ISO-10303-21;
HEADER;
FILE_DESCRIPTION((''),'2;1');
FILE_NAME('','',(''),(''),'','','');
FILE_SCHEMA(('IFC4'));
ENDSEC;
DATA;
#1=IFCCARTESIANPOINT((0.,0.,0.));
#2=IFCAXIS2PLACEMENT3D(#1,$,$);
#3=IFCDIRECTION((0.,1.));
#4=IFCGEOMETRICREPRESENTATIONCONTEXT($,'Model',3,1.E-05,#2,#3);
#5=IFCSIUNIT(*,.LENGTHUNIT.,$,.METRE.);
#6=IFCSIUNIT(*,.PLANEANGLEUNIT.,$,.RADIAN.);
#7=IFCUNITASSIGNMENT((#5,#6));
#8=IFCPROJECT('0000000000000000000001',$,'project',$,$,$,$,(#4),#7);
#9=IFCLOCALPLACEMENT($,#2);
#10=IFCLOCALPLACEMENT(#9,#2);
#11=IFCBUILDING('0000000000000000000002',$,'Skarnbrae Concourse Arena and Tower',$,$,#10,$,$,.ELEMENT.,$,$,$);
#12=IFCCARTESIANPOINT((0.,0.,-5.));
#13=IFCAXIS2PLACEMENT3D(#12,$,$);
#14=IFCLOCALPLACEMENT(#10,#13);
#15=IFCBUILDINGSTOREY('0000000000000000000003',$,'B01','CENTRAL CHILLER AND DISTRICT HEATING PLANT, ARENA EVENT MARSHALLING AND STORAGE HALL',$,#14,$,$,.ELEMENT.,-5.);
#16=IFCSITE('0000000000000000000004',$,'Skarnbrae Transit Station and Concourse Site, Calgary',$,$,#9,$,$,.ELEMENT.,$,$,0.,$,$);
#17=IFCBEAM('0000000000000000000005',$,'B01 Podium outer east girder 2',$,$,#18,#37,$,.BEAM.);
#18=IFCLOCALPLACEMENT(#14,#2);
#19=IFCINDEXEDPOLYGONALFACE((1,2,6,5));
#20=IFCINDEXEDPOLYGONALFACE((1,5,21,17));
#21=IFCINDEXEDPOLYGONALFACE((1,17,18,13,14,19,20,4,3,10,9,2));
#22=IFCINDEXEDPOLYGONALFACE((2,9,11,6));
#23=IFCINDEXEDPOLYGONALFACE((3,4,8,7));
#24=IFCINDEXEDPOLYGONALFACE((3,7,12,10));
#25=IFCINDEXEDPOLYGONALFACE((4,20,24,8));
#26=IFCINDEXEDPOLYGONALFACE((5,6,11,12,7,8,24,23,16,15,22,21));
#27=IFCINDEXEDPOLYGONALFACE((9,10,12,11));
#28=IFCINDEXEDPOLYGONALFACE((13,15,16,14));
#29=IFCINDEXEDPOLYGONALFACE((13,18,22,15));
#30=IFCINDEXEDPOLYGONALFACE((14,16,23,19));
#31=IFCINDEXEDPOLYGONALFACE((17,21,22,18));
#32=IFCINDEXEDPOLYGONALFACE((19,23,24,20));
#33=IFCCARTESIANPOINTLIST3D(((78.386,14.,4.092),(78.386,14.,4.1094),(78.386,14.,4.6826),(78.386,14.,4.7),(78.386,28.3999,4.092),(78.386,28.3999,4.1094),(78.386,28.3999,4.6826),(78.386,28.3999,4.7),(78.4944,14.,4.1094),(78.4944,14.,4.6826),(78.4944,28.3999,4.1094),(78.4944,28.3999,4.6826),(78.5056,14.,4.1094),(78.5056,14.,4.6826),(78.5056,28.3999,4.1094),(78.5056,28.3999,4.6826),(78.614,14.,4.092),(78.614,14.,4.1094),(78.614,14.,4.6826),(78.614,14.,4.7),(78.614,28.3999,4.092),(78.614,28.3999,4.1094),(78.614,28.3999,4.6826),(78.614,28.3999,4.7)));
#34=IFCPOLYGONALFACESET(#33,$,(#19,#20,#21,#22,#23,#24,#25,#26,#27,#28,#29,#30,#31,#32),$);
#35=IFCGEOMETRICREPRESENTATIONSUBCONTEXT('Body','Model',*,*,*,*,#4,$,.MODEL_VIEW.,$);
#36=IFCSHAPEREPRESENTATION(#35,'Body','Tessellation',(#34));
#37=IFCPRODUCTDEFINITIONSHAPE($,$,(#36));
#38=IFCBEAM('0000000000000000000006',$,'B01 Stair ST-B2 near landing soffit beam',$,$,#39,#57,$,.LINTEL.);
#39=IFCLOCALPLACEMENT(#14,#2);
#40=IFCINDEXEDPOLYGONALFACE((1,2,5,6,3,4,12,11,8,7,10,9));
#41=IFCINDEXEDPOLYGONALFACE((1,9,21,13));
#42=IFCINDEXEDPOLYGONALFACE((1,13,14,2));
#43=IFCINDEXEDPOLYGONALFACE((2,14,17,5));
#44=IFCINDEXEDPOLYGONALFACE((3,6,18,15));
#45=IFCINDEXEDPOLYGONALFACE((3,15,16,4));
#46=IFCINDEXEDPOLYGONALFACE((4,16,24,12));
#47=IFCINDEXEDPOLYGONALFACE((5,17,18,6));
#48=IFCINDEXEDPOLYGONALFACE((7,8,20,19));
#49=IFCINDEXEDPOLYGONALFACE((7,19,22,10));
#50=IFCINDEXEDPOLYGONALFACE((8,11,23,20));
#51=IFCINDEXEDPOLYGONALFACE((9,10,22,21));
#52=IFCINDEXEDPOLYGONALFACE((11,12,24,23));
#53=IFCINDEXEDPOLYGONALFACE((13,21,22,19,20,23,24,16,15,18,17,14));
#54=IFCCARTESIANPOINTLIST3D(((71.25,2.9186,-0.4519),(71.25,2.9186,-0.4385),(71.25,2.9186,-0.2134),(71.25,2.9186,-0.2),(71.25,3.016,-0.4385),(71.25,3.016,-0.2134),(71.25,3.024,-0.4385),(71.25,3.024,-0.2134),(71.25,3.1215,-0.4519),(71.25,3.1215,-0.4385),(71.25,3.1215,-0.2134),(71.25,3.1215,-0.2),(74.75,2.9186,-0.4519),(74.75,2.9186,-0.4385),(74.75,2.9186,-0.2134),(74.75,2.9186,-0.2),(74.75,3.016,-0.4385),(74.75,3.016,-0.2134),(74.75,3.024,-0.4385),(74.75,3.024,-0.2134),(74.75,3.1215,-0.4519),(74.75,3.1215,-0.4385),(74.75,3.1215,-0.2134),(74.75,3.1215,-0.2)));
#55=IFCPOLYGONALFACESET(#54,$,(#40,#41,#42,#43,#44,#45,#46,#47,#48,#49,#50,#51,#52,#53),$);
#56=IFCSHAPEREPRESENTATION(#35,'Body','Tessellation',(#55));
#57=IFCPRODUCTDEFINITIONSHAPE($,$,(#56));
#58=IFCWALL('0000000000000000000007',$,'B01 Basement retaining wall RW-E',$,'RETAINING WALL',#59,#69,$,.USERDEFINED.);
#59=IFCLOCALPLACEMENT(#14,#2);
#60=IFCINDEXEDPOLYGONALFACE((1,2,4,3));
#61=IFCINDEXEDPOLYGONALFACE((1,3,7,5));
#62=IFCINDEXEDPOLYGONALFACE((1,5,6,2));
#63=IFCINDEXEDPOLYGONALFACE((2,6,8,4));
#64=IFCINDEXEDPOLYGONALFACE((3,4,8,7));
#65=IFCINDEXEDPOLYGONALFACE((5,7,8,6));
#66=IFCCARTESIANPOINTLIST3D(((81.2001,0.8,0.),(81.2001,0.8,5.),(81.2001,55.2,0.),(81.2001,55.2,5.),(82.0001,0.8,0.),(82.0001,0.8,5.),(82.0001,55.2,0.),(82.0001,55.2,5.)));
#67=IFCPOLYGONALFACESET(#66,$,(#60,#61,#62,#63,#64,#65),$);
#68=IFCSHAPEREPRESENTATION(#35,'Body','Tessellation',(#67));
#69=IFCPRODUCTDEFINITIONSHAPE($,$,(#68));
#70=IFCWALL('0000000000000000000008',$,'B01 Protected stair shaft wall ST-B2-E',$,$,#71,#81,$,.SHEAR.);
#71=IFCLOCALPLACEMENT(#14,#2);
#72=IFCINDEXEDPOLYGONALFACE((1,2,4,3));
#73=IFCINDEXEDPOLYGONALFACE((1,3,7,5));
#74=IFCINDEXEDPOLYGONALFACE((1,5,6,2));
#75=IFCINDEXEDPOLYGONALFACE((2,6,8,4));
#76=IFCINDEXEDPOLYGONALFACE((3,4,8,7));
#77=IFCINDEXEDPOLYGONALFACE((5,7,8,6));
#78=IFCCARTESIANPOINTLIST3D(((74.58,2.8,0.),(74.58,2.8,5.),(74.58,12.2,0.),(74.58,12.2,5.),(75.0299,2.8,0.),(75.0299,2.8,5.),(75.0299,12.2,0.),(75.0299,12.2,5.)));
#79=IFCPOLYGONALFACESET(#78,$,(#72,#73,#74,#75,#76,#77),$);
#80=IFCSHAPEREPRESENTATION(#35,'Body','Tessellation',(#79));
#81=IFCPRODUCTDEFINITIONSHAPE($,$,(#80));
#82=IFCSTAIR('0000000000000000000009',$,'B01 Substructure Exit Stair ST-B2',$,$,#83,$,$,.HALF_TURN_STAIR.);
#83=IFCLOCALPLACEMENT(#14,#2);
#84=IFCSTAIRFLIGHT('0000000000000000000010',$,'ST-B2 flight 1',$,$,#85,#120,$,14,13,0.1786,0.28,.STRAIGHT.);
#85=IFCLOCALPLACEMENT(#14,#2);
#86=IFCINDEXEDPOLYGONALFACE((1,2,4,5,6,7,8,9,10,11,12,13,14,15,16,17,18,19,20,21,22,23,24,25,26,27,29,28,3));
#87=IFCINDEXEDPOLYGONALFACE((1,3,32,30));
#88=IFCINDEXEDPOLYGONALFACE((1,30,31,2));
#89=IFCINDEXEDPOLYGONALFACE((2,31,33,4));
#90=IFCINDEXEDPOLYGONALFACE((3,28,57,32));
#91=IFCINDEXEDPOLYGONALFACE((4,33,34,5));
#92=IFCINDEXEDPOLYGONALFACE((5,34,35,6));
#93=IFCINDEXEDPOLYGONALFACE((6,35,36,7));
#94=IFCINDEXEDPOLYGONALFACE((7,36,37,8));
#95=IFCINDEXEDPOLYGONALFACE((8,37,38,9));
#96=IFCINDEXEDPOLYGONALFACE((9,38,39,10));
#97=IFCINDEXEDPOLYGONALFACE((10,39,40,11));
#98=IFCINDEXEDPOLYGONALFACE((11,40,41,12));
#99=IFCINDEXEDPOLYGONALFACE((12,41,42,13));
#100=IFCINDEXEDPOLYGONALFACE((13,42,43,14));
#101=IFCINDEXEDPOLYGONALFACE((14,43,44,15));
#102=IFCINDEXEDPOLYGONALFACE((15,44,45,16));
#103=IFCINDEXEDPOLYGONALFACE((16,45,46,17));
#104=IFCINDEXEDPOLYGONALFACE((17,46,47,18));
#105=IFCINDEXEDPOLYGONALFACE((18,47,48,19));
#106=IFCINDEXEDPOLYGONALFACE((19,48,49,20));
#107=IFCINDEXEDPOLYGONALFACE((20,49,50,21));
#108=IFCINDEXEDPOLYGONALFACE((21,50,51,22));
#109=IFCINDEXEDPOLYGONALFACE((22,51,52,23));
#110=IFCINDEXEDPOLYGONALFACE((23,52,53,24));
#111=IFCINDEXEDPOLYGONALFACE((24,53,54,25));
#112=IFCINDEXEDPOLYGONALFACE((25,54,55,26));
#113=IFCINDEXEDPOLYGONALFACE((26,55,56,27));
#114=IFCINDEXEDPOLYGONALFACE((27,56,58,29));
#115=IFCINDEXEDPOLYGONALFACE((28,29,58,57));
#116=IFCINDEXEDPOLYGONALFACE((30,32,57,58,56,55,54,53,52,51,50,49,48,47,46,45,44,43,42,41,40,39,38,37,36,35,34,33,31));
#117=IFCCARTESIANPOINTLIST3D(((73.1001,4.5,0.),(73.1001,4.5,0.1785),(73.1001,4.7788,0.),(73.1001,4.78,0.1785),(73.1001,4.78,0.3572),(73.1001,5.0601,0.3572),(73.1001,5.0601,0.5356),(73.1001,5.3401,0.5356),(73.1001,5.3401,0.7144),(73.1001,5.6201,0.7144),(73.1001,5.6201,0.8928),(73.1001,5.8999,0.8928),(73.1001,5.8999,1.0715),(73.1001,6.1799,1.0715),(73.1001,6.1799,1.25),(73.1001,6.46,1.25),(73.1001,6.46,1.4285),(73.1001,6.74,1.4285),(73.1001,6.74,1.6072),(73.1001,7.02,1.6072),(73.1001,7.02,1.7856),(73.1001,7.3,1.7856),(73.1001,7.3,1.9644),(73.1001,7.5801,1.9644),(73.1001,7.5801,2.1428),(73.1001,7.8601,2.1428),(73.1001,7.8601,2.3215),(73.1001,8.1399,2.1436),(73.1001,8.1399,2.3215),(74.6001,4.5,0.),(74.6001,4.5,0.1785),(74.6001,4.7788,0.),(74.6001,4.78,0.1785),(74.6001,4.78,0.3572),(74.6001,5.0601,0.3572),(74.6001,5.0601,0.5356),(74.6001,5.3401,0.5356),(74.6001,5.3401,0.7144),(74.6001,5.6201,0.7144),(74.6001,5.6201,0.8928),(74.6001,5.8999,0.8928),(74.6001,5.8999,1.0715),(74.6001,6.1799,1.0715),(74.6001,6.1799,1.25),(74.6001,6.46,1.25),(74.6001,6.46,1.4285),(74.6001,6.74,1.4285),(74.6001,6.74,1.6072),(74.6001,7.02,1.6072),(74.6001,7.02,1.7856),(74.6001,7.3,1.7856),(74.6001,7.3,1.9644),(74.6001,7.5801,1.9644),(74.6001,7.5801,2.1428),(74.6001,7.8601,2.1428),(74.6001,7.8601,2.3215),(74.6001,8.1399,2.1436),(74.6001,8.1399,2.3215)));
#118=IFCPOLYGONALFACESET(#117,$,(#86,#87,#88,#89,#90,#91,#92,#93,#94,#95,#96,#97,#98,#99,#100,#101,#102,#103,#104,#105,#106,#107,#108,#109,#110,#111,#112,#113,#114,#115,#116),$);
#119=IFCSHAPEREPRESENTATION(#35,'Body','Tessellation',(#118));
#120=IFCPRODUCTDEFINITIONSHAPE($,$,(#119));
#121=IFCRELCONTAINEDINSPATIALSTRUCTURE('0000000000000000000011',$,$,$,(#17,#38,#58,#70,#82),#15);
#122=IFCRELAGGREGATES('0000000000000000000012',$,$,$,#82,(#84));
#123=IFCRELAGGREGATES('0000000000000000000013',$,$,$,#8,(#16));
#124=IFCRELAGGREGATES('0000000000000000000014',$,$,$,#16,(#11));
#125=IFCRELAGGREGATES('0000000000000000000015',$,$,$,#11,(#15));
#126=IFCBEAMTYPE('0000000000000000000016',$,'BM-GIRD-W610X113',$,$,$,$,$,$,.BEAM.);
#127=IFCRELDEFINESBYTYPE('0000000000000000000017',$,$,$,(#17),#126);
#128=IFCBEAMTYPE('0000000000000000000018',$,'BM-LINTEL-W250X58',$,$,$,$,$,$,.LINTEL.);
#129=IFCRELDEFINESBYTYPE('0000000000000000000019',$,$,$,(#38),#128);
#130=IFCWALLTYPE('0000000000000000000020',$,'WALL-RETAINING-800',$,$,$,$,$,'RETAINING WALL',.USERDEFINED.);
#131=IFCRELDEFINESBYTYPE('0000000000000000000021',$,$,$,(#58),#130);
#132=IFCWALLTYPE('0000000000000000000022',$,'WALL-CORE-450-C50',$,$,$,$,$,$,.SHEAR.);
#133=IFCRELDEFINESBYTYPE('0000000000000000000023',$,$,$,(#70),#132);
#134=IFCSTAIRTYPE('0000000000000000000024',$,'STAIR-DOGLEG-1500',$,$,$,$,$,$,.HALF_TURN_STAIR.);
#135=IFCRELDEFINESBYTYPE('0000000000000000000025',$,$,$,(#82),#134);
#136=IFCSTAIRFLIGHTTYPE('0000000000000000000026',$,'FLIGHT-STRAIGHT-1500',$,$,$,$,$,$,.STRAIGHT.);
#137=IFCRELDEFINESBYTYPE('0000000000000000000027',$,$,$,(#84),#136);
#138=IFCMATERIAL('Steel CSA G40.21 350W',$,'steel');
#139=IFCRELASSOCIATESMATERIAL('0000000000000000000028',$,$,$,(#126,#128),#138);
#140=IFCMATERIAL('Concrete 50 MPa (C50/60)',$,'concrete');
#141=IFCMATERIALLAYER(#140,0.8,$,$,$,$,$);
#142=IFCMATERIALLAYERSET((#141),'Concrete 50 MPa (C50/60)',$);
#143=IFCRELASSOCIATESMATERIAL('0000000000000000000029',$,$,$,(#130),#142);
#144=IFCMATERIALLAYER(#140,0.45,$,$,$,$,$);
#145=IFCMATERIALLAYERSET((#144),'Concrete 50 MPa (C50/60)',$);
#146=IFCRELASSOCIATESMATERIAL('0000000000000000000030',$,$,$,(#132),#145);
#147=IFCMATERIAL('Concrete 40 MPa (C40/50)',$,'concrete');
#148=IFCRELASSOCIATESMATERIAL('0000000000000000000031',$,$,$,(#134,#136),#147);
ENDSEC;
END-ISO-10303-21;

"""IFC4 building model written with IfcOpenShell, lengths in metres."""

from ifc_helpers import new_model, si_unit, direction, frame, frame_2d, origin, origin_2d, place, context, subcontext, project, spatial, polyline, rectangle, i_section, outline, extrude, source, transform, mapped, material, layer, layer_set, material_profile, profile_set, type_object, element, aggregate, save


model = new_model("IFC4")

# Units and contexts
model_context = context("Model", 3, precision=1e-05, world=origin(), true_north=direction((0.0, 1.0)))
body_context = subcontext(model_context, "Body", "Model", "MODEL_VIEW")
ifc_project = project(units=[si_unit("LENGTHUNIT", "METRE"), si_unit("PLANEANGLEUNIT", "RADIAN")], contexts=[model_context])

# Site, building, storey
site_placement = place(None, origin())
site = spatial("IfcSite", under=ifc_project, at=site_placement, Name="Skarnbrae Transit Station and Concourse Site, Calgary", CompositionType="ELEMENT", RefElevation=0.0)
building_placement = place(site_placement, origin())
building = spatial("IfcBuilding", under=site, at=building_placement, Name="Skarnbrae Concourse Arena and Tower", CompositionType="ELEMENT")
storey_placement = place(building_placement, frame((0.0, 0.0, -5.0)))
storey = spatial("IfcBuildingStorey", under=building, at=storey_placement, Name="B01", Description="CENTRAL CHILLER AND DISTRICT HEATING PLANT, ARENA EVENT MARSHALLING AND STORAGE HALL", CompositionType="ELEMENT", Elevation=-5.0)

# Shared definitions
ifc_material_1 = material(Name="Steel CSA G40.21 350W", Category="steel")

# Beams
ifc_material_profile_1 = material_profile(ifc_material_1, i_section(OverallWidth=0.228, OverallDepth=0.6079, WebThickness=0.0112, FlangeThickness=0.0173, at=origin_2d()), Name="W610X113")
ifc_profile_set_1 = profile_set([ifc_material_profile_1], Name="Steel CSA G40.21 350W")
beam_type_1 = type_object("IfcBeamType", Name="BM-GIRD-W610X113", PredefinedType="BEAM", material=ifc_profile_set_1)
shared_shape_1 = source(origin(), body_context, "Body", "SweptSolid", [
    extrude(i_section(OverallWidth=0.228, OverallDepth=0.6079, WebThickness=0.0112, FlangeThickness=0.0173, at=origin_2d()), origin(), (0.0, 0.0, 1.0), 14.3999),
])
beam_1_placement = place(storey_placement, frame((78.5, 14.0, 4.396), z_axis=(0.0, 1.0, 0.0), x_axis=(-1.0, 0.0, 0.0)))
element("IfcBeam", 1, at=beam_1_placement, inside=storey, type_object=beam_type_1, Name="B01 Podium outer east girder 2", PredefinedType="BEAM", context=body_context, shape_type="MappedRepresentation", body=[
    mapped(shared_shape_1, transform((0.0, 0.0, 0.0))),
])
ifc_material_profile_2 = material_profile(ifc_material_1, i_section(OverallWidth=0.2029, OverallDepth=0.252, WebThickness=0.0081, FlangeThickness=0.0134, at=origin_2d()), Name="W250X58")
ifc_profile_set_2 = profile_set([ifc_material_profile_2], Name="Steel CSA G40.21 350W")
beam_type_2 = type_object("IfcBeamType", Name="BM-LINTEL-W250X58", PredefinedType="LINTEL", material=ifc_profile_set_2)
shared_shape_2 = source(origin(), body_context, "Body", "SweptSolid", [
    extrude(i_section(OverallWidth=0.2029, OverallDepth=0.252, WebThickness=0.0081, FlangeThickness=0.0134, at=origin_2d()), origin(), (0.0, 0.0, 1.0), 3.5),
])
beam_2_placement = place(storey_placement, frame((74.75, 3.02, -0.3259), z_axis=(-1.0, 0.0, 0.0), x_axis=(0.0, -1.0, 0.0)))
element("IfcBeam", 2, at=beam_2_placement, inside=storey, type_object=beam_type_2, Name="B01 Stair ST-B2 near landing soffit beam", PredefinedType="LINTEL", context=body_context, shape_type="MappedRepresentation", body=[
    mapped(shared_shape_2, transform((0.0, 0.0, 0.0))),
])

# Walls
ifc_material_2 = material(Name="Concrete 50 MPa (C50/60)", Category="concrete")
ifc_layer_1 = layer(ifc_material_2, 0.8)
ifc_layer_set_1 = layer_set([ifc_layer_1], Name="Concrete 50 MPa (C50/60)")
wall_type_1 = type_object("IfcWallType", Name="WALL-RETAINING-800", ElementType="RETAINING WALL", PredefinedType="USERDEFINED", material=ifc_layer_set_1)
shared_shape_3 = source(origin(), body_context, "Body", "SweptSolid", [
    extrude(rectangle(XDim=54.3999, YDim=0.8, at=frame_2d((27.2, 0.0))), origin(), (0.0, 0.0, 1.0), 5.0),
])
wall_1_placement = place(storey_placement, frame((81.6001, 0.8, 0.0), z_axis=(0.0, 0.0, 1.0), x_axis=(0.0, 1.0, 0.0)))
element("IfcWall", 3, at=wall_1_placement, inside=storey, type_object=wall_type_1, Name="B01 Basement retaining wall RW-E", ObjectType="RETAINING WALL", PredefinedType="USERDEFINED", context=body_context, shape_type="MappedRepresentation", body=[
    mapped(shared_shape_3, transform((0.0, 0.0, 0.0))),
])
ifc_layer_2 = layer(ifc_material_2, 0.45)
ifc_layer_set_2 = layer_set([ifc_layer_2], Name="Concrete 50 MPa (C50/60)")
wall_type_2 = type_object("IfcWallType", Name="WALL-CORE-450-C50", PredefinedType="SHEAR", material=ifc_layer_set_2)
shared_shape_4 = source(origin(), body_context, "Body", "SweptSolid", [
    extrude(rectangle(XDim=9.3999, YDim=0.45, at=frame_2d((4.7, 0.0))), origin(), (0.0, 0.0, 1.0), 5.0),
])
wall_2_placement = place(storey_placement, frame((74.8049, 2.8, 0.0), z_axis=(0.0, 0.0, 1.0), x_axis=(0.0, 1.0, 0.0)))
element("IfcWall", 4, at=wall_2_placement, inside=storey, type_object=wall_type_2, Name="B01 Protected stair shaft wall ST-B2-E", PredefinedType="SHEAR", context=body_context, shape_type="MappedRepresentation", body=[
    mapped(shared_shape_4, transform((0.0, 0.0, 0.0))),
])

# Stair, stair flight
ifc_material_3 = material(Name="Concrete 40 MPa (C40/50)", Category="concrete")
stair_type = type_object("IfcStairType", Name="STAIR-DOGLEG-1500", PredefinedType="HALF_TURN_STAIR", material=ifc_material_3)
stair_placement = place(storey_placement, origin())
stair = element("IfcStair", 5, at=stair_placement, inside=storey, type_object=stair_type, Name="B01 Substructure Exit Stair ST-B2", PredefinedType="HALF_TURN_STAIR")
stair_flight_type = type_object("IfcStairFlightType", Name="FLIGHT-STRAIGHT-1500", PredefinedType="STRAIGHT", material=ifc_material_3)
shared_shape_5 = source(origin(), body_context, "Body", "SweptSolid", [
    extrude(outline(polyline([(0.0, 0.0), (0.0, 0.1785), (0.28, 0.1785), (0.28, 0.3572), (0.5601, 0.3572), (0.5601, 0.5356), (0.8401, 0.5356), (0.8401, 0.7144), (1.1201, 0.7144), (1.1201, 0.8928), (1.3999, 0.8928), (1.3999, 1.0715), (1.6799, 1.0715), (1.6799, 1.25), (1.96, 1.25), (1.96, 1.4285), (2.24, 1.4285), (2.24, 1.6072), (2.52, 1.6072), (2.52, 1.7856), (2.8, 1.7856), (2.8, 1.9644), (3.0801, 1.9644), (3.0801, 2.1428), (3.3601, 2.1428), (3.3601, 2.3215), (3.6399, 2.3215), (3.6399, 2.5), (3.6399, 2.1436), (0.2788, 0.0), (0.0, 0.0)])), frame((0.0, 0.75, 0.0), z_axis=(0.0, -1.0, 0.0), x_axis=(1.0, 0.0, 0.0)), (0.0, 0.0, 1.0), 1.5),
])
stair_flight_placement = place(storey_placement, frame((73.8501, 4.5, 0.0), z_axis=(0.0, 0.0, 1.0), x_axis=(0.0, 1.0, 0.0)))
stair_flight = element("IfcStairFlight", 6, at=stair_flight_placement, type_object=stair_flight_type, Name="ST-B2 flight 1", NumberOfRisers=14, NumberOfTreads=13, PredefinedType="STRAIGHT", RiserHeight=0.1786, TreadLength=0.28, context=body_context, shape_type="MappedRepresentation", body=[
    mapped(shared_shape_5, transform((0.0, 0.0, 0.0))),
])
aggregate(stair, [stair_flight])

save(model, "model.ifc")
